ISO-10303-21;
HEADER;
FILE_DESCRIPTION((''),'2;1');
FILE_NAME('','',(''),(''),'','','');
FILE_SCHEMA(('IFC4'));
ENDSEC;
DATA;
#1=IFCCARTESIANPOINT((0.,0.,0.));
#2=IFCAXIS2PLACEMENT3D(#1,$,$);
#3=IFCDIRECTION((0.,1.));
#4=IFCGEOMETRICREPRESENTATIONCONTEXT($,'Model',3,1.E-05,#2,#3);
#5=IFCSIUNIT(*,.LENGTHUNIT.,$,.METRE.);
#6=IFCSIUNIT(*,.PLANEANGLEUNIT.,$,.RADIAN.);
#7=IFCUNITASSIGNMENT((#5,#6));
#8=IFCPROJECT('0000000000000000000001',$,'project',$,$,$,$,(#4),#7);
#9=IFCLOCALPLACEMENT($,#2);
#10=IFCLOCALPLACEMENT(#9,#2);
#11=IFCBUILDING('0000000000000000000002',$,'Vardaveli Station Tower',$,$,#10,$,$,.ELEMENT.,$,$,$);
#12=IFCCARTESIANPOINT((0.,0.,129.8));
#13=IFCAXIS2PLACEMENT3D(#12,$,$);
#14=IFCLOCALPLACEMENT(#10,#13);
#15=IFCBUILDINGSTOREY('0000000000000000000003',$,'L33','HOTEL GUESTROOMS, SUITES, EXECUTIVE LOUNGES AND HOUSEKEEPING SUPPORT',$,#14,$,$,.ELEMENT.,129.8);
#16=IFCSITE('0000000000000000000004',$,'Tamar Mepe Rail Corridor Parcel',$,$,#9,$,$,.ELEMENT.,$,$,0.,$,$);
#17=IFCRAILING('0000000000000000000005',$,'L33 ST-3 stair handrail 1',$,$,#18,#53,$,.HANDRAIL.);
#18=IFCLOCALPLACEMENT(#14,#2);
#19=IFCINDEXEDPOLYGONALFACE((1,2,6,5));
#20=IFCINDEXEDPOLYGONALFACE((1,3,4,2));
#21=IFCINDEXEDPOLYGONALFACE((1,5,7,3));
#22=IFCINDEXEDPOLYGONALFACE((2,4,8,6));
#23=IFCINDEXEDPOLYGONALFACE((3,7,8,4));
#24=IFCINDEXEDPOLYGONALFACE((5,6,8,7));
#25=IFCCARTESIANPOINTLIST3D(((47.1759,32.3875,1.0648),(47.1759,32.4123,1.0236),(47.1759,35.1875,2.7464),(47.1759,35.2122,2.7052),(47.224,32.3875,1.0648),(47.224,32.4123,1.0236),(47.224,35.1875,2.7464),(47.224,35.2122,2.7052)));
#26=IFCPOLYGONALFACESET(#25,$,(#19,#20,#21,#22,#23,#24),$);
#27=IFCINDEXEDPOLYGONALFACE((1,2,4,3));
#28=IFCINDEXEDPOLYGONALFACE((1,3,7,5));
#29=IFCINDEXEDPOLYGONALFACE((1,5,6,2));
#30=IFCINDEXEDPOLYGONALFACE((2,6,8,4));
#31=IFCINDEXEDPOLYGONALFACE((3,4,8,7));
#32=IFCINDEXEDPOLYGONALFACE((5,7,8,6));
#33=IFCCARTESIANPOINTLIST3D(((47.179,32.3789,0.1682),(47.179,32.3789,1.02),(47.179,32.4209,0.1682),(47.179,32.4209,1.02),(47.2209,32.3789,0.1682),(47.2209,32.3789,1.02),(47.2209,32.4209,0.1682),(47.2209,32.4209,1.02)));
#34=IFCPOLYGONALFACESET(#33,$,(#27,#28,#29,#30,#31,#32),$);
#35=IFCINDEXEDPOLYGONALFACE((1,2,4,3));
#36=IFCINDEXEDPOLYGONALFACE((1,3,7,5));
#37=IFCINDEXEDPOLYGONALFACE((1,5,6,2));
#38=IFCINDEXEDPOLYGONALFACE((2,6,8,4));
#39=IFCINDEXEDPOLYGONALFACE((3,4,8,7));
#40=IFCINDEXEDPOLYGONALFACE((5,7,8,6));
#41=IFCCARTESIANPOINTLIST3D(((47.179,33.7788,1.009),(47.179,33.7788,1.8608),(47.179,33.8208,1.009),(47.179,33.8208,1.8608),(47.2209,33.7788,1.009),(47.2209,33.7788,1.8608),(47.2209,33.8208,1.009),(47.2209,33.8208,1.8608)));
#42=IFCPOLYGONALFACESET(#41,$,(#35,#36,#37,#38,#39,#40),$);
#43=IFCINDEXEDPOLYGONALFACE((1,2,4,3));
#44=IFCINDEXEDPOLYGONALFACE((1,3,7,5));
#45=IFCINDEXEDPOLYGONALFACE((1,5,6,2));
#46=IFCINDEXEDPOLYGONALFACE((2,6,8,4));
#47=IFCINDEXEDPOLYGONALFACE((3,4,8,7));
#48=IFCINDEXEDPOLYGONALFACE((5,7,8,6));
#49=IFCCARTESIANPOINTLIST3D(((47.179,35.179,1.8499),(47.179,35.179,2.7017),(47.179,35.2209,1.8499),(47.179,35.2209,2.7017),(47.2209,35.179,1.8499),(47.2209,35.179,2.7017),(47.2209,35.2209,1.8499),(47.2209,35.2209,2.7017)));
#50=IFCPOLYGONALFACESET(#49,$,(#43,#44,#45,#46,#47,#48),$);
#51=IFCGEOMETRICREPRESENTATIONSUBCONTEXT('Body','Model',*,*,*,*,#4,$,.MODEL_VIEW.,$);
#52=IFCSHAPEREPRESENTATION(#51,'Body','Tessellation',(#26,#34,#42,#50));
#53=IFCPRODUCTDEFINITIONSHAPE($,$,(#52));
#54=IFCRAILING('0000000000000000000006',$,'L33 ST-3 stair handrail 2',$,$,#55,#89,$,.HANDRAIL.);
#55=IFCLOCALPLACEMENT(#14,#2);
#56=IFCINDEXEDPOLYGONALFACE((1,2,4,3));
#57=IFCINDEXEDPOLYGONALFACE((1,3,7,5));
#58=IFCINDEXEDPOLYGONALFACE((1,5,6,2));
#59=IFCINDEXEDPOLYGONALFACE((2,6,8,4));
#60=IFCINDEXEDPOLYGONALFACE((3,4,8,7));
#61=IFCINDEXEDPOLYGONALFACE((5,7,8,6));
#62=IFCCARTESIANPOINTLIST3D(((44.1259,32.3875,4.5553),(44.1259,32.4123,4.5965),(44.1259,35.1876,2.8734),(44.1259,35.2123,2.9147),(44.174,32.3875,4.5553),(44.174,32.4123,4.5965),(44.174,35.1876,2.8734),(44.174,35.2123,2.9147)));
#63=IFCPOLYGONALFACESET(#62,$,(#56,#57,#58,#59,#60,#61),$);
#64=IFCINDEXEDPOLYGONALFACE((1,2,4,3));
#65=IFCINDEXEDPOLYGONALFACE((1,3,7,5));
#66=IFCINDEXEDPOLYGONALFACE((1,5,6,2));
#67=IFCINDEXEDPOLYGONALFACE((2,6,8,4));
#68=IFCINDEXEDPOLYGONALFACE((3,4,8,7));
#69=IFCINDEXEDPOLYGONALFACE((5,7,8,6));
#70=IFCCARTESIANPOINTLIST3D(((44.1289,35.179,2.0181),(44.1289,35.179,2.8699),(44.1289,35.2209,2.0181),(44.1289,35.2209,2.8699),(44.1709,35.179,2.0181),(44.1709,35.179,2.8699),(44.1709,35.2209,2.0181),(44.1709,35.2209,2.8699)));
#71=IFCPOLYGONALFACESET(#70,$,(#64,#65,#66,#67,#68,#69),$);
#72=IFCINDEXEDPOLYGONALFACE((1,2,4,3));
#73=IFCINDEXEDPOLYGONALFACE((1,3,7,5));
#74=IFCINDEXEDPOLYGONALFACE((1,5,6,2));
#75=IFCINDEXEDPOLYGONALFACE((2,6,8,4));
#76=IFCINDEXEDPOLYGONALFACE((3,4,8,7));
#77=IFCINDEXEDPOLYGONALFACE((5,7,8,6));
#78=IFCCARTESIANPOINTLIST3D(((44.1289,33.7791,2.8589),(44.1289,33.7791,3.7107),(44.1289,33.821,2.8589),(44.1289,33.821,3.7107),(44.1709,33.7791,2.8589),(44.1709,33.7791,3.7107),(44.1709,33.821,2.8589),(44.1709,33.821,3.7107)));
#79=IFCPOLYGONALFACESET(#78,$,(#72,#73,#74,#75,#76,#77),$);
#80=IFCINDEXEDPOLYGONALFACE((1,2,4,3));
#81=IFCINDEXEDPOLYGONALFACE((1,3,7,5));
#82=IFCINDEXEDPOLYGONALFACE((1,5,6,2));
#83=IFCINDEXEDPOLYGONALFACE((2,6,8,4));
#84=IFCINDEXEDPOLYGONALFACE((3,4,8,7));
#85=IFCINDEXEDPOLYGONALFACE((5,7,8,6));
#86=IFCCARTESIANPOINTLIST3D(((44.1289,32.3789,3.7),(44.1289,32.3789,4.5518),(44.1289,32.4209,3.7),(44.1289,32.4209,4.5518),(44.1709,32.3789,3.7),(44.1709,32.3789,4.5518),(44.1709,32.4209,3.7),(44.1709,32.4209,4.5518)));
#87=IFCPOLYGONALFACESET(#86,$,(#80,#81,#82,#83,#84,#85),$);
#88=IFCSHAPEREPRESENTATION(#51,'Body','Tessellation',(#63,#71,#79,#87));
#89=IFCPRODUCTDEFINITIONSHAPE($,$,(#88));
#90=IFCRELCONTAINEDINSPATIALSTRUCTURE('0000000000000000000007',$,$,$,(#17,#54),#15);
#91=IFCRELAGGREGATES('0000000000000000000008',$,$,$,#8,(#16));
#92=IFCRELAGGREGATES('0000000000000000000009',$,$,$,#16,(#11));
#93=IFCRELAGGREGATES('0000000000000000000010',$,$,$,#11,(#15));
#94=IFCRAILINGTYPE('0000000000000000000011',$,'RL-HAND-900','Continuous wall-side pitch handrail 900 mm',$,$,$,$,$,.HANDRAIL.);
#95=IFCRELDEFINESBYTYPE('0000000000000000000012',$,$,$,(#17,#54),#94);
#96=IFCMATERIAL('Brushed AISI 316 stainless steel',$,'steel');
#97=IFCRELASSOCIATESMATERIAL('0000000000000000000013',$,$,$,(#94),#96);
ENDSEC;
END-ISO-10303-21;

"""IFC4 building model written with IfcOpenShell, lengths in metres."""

from ifc_helpers import new_model, si_unit, direction, frame, origin, origin_2d, place, context, subcontext, project, spatial, rectangle, extrude, source, transform, mapped, material, type_object, element, save


model = new_model("IFC4")

# Units and contexts
model_context = context("Model", 3, precision=1e-05, world=origin(), true_north=direction((0.0, 1.0)))
body_context = subcontext(model_context, "Body", "Model", "MODEL_VIEW")
ifc_project = project(units=[si_unit("LENGTHUNIT", "METRE"), si_unit("PLANEANGLEUNIT", "RADIAN")], contexts=[model_context])

# Site, building, storey
site_placement = place(None, origin())
site = spatial("IfcSite", under=ifc_project, at=site_placement, Name="Tamar Mepe Rail Corridor Parcel", CompositionType="ELEMENT", RefElevation=0.0)
building_placement = place(site_placement, origin())
building = spatial("IfcBuilding", under=site, at=building_placement, Name="Vardaveli Station Tower", CompositionType="ELEMENT")
storey_placement = place(building_placement, frame((0.0, 0.0, 129.8)))
storey = spatial("IfcBuildingStorey", under=building, at=storey_placement, Name="L33", Description="HOTEL GUESTROOMS, SUITES, EXECUTIVE LOUNGES AND HOUSEKEEPING SUPPORT", CompositionType="ELEMENT", Elevation=129.8)

# Railings
ifc_material_1 = material(Name="Brushed AISI 316 stainless steel", Category="steel")
railing_type_1 = type_object("IfcRailingType", Name="RL-HAND-900", Description="Continuous wall-side pitch handrail 900 mm", PredefinedType="HANDRAIL", material=ifc_material_1)
shared_shape_1 = source(origin(), body_context, "Body", "SweptSolid", [
    extrude(rectangle(XDim=0.0481, YDim=0.0481, at=origin_2d()), frame((0.0, 0.0, 0.876), z_axis=(0.0, 0.857275, 0.514858), x_axis=(-1.0, 0.0, 0.0)), (0.0, 0.0, 1.0), 3.2661),
    extrude(rectangle(XDim=0.042, YDim=0.042, at=origin_2d()), origin(), (0.0, 0.0, 1.0), 0.8518),
    extrude(rectangle(XDim=0.042, YDim=0.042, at=origin_2d()), frame((0.0, 1.3999, 0.8408)), (0.0, 0.0, 1.0), 0.8518),
    extrude(rectangle(XDim=0.042, YDim=0.042, at=origin_2d()), frame((0.0, 2.8, 1.6816)), (0.0, 0.0, 1.0), 0.8518),
])
railing_1_placement = place(storey_placement, frame((47.2, 32.3999, 0.1682)))
element("IfcRailing", 1, at=railing_1_placement, inside=storey, type_object=railing_type_1, Name="L33 ST-3 stair handrail 1", PredefinedType="HANDRAIL", context=body_context, shape_type="MappedRepresentation", body=[
    mapped(shared_shape_1, transform((0.0, 0.0, 0.0), scale=1.0)),
])
shared_shape_2 = source(origin(), body_context, "Body", "SweptSolid", [
    extrude(rectangle(XDim=0.0481, YDim=0.0481, at=origin_2d()), frame((0.0, 0.0, 0.876), z_axis=(0.0, -0.857242, 0.514913), x_axis=(1.0, 0.0, 0.0)), (0.0, 0.0, 1.0), 3.2664),
    extrude(rectangle(XDim=0.042, YDim=0.042, at=origin_2d()), origin(), (0.0, 0.0, 1.0), 0.8518),
    extrude(rectangle(XDim=0.042, YDim=0.042, at=origin_2d()), frame((0.0, -1.3999, 0.8408)), (0.0, 0.0, 1.0), 0.8518),
    extrude(rectangle(XDim=0.042, YDim=0.042, at=origin_2d()), frame((0.0, -2.8, 1.6819)), (0.0, 0.0, 1.0), 0.8518),
])
railing_2_placement = place(storey_placement, frame((44.1499, 35.2, 2.0181)))
element("IfcRailing", 2, at=railing_2_placement, inside=storey, type_object=railing_type_1, Name="L33 ST-3 stair handrail 2", PredefinedType="HANDRAIL", context=body_context, shape_type="MappedRepresentation", body=[
    mapped(shared_shape_2, transform((0.0, 0.0, 0.0), scale=1.0)),
])

save(model, "model.ifc")
